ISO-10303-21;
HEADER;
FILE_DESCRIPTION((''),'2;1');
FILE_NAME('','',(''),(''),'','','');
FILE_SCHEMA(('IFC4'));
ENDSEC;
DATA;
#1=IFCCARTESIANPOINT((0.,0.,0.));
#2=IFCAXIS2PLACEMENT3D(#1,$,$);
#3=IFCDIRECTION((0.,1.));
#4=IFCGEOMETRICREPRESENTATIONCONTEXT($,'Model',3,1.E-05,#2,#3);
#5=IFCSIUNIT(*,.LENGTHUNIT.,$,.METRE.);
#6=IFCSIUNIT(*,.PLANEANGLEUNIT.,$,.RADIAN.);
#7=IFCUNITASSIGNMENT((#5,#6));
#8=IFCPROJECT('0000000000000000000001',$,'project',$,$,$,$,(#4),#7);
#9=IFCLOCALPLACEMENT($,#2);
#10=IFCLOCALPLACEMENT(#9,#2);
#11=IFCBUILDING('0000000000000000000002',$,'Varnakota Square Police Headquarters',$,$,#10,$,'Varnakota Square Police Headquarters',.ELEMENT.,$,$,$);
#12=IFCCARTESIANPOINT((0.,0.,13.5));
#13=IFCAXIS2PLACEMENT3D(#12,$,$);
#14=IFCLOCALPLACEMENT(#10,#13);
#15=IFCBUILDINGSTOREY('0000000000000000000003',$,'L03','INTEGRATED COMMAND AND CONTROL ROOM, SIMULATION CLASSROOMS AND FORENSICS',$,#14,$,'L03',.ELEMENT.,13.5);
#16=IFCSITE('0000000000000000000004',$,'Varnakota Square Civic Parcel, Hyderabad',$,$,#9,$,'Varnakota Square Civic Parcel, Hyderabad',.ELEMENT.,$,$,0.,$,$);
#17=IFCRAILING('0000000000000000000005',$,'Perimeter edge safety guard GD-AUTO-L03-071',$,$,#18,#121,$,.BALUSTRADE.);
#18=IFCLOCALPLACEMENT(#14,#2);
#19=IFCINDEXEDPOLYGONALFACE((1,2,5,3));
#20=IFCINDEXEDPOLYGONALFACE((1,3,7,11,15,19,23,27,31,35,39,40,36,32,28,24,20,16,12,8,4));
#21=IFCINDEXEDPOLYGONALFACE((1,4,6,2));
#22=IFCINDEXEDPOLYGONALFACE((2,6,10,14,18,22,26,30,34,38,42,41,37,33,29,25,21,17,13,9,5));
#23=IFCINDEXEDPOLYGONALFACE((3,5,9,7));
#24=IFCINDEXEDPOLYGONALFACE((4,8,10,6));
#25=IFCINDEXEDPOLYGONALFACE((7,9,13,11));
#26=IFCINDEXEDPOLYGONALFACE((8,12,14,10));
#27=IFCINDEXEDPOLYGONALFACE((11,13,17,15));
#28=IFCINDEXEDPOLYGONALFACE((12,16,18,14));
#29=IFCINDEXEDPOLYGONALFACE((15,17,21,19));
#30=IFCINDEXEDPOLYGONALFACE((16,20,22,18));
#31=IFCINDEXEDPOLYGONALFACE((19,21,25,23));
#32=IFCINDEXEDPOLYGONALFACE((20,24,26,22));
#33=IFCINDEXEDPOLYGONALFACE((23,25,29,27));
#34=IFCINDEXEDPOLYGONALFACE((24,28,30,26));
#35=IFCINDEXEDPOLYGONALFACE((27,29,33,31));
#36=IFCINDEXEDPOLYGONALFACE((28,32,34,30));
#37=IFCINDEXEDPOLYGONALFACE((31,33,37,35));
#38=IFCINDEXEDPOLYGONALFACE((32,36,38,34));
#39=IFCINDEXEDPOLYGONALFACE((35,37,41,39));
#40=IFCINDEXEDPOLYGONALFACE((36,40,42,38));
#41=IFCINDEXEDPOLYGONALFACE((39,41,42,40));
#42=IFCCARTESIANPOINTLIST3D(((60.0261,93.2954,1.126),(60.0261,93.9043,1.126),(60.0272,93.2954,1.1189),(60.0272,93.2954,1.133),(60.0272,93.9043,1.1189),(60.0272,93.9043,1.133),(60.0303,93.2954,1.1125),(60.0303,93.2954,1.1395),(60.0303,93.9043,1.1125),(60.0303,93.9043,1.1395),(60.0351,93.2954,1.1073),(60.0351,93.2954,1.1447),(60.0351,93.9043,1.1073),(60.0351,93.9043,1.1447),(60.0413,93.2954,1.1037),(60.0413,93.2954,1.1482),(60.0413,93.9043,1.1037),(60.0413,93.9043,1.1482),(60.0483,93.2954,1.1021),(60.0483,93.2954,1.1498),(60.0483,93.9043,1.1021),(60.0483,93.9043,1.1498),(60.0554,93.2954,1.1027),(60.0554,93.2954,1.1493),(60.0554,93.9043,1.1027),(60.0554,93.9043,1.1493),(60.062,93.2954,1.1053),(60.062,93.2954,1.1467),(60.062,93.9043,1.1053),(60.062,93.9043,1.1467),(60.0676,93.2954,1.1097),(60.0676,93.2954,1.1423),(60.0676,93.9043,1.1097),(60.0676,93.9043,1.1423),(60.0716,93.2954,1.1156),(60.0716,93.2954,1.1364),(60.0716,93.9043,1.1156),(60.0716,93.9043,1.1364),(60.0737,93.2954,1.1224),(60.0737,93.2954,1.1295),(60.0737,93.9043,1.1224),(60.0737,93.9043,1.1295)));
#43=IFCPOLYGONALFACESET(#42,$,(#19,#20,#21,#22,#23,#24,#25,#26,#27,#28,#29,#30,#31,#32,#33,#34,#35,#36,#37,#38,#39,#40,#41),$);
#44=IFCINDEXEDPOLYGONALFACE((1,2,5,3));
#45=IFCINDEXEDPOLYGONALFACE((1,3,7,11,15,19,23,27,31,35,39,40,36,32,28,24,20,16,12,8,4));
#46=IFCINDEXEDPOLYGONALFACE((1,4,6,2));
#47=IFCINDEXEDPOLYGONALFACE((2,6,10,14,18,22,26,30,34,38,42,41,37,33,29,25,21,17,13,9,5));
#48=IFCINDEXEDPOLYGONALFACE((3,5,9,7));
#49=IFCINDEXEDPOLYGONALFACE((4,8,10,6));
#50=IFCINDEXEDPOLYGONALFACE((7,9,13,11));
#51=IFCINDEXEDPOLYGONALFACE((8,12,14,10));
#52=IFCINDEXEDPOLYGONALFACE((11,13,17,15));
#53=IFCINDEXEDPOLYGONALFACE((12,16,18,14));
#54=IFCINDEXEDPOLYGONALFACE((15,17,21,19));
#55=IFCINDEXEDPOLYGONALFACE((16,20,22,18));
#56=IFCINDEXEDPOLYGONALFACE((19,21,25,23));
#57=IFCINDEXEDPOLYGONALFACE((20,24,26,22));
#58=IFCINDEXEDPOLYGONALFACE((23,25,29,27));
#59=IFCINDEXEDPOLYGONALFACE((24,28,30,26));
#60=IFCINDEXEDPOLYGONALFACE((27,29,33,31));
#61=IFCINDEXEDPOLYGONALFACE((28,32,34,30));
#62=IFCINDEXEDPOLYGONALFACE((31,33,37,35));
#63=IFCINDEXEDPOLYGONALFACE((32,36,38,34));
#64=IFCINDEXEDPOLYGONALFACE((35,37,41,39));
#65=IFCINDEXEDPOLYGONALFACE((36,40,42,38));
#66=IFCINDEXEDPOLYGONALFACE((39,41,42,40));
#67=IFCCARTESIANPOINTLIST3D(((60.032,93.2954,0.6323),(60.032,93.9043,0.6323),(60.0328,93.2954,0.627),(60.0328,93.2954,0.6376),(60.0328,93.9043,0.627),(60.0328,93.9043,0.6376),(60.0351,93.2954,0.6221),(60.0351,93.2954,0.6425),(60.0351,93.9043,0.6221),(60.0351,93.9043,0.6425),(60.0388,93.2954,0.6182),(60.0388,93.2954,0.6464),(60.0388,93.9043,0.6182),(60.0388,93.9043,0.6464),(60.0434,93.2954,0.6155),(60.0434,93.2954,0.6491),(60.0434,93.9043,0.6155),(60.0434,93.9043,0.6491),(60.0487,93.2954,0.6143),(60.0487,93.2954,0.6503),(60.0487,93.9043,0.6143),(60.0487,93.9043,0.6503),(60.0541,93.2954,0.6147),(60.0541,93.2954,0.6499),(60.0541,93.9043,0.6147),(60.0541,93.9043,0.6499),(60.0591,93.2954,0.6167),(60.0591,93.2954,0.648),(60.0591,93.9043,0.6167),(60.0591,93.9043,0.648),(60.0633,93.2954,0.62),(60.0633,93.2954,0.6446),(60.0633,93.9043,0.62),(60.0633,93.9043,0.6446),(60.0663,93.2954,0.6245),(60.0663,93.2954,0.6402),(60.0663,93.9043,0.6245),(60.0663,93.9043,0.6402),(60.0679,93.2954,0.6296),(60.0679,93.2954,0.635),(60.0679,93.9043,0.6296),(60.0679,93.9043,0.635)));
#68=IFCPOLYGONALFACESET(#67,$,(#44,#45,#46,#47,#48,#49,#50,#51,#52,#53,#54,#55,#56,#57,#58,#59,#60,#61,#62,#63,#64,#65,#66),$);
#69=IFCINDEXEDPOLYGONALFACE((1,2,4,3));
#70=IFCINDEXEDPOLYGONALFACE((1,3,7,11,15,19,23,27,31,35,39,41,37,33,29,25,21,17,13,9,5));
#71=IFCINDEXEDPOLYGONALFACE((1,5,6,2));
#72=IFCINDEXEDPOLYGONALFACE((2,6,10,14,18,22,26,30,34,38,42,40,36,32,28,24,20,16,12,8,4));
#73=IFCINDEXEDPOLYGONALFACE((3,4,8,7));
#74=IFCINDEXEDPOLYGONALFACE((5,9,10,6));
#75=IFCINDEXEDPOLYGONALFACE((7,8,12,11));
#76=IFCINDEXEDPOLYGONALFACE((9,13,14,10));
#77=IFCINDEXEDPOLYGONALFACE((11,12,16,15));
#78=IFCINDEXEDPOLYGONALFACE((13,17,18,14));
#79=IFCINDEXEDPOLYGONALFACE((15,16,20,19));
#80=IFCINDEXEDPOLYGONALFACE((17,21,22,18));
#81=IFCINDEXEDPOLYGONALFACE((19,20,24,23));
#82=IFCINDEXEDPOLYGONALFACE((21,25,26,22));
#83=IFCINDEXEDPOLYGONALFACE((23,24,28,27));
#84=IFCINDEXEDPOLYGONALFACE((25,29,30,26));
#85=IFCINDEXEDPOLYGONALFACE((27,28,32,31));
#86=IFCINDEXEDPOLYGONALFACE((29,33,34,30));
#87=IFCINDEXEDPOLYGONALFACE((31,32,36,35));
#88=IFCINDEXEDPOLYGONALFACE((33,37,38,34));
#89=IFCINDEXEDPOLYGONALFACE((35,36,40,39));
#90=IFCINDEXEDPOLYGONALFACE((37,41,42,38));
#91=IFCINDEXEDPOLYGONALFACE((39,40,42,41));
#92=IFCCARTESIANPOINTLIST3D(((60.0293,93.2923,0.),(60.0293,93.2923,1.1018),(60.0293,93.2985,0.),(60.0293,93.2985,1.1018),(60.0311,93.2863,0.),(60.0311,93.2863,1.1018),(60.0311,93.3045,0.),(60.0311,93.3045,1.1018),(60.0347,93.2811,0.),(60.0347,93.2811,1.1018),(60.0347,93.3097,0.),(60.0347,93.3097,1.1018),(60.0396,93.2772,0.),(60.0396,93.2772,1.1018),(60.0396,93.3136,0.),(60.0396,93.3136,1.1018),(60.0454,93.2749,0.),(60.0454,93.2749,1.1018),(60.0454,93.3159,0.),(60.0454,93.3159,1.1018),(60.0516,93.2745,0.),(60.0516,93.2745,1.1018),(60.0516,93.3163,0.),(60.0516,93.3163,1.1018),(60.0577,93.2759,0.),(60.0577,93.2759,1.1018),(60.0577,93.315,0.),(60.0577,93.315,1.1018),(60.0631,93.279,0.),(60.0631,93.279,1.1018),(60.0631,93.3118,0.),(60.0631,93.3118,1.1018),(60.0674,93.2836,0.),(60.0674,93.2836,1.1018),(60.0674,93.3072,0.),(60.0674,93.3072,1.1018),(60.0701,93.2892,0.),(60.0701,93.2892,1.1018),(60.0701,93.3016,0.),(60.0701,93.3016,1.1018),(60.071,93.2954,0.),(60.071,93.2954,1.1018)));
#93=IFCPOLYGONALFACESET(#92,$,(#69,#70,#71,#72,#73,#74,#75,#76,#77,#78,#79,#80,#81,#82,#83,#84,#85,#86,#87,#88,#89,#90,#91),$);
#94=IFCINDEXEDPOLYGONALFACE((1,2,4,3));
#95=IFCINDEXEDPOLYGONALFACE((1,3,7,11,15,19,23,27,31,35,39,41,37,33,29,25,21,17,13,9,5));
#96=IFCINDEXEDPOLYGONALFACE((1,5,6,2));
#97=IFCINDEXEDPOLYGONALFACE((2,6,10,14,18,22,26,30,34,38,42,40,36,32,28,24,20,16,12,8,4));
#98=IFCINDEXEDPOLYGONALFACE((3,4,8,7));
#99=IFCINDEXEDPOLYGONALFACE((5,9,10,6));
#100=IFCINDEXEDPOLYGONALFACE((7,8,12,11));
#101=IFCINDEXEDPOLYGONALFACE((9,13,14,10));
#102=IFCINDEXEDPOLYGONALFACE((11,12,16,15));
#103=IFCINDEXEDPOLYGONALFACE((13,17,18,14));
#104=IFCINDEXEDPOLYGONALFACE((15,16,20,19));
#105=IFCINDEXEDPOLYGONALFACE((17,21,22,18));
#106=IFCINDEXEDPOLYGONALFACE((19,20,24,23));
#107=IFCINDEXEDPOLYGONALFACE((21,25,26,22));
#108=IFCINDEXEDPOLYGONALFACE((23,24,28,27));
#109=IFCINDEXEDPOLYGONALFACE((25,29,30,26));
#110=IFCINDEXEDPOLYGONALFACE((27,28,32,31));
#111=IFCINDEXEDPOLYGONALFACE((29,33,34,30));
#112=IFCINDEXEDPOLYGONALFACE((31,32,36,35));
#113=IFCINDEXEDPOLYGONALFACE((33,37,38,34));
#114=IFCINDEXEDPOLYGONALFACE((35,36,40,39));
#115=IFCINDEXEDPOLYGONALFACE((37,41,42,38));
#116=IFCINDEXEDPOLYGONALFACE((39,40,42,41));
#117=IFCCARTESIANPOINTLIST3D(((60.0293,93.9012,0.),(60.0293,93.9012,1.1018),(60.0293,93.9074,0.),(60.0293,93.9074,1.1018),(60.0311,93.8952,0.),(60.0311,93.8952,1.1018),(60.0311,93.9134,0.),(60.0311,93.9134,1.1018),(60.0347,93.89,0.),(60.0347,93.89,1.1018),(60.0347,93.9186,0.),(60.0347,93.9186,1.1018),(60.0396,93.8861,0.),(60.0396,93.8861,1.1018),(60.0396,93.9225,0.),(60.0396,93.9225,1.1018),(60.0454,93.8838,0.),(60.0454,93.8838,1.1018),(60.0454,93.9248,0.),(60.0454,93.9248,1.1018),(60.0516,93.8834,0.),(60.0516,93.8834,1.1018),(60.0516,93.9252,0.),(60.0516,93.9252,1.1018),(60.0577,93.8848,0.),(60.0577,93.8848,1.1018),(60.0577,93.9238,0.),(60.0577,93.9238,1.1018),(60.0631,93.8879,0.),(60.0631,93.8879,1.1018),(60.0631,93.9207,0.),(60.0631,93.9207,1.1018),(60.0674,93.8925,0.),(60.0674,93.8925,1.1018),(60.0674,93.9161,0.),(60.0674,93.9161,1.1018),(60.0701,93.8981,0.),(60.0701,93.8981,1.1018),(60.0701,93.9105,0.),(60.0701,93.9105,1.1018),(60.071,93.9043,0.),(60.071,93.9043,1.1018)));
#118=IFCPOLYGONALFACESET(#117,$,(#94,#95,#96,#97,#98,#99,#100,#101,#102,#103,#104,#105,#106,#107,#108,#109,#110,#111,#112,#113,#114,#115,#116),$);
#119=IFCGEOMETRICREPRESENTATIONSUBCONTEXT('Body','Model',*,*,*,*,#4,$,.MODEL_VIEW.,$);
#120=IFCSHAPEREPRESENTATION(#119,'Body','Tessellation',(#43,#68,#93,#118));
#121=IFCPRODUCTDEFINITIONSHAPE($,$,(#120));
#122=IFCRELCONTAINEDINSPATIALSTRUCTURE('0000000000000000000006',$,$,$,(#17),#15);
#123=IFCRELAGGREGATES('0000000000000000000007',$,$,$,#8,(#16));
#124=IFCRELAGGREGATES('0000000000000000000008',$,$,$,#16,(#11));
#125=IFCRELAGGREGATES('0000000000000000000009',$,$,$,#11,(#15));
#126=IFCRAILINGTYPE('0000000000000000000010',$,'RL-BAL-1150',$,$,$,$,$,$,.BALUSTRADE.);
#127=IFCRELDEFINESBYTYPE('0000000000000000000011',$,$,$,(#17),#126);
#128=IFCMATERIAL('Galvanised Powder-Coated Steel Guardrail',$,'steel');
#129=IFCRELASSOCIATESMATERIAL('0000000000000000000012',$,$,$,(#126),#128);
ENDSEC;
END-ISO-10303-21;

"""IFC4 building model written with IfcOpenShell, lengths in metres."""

from ifc_helpers import new_model, si_unit, direction, frame, origin, origin_2d, place, context, subcontext, project, spatial, circle, extrude, material, type_object, element, save


model = new_model("IFC4")

# Units and contexts
model_context = context("Model", 3, precision=1e-05, world=origin(), true_north=direction((0.0, 1.0)))
body_context = subcontext(model_context, "Body", "Model", "MODEL_VIEW")
ifc_project = project(units=[si_unit("LENGTHUNIT", "METRE"), si_unit("PLANEANGLEUNIT", "RADIAN")], contexts=[model_context])

# Site, building, storey
site_placement = place(None, origin())
site = spatial("IfcSite", under=ifc_project, at=site_placement, Name="Varnakota Square Civic Parcel, Hyderabad", LongName="Varnakota Square Civic Parcel, Hyderabad", CompositionType="ELEMENT", RefElevation=0.0)
building_placement = place(site_placement, origin())
building = spatial("IfcBuilding", under=site, at=building_placement, Name="Varnakota Square Police Headquarters", LongName="Varnakota Square Police Headquarters", CompositionType="ELEMENT")
storey_placement = place(building_placement, frame((0.0, 0.0, 13.5)))
storey = spatial("IfcBuildingStorey", under=building, at=storey_placement, Name="L03", Description="INTEGRATED COMMAND AND CONTROL ROOM, SIMULATION CLASSROOMS AND FORENSICS", LongName="L03", CompositionType="ELEMENT", Elevation=13.5)

# Railing
ifc_material_1 = material(Name="Galvanised Powder-Coated Steel Guardrail", Category="steel")
railing_type = type_object("IfcRailingType", Name="RL-BAL-1150", PredefinedType="BALUSTRADE", material=ifc_material_1)
railing_1_placement = place(storey_placement, frame((60.05, 93.2954, 0.0)))
element("IfcRailing", 1, at=railing_1_placement, inside=storey, type_object=railing_type, Name="Perimeter edge safety guard GD-AUTO-L03-071", PredefinedType="BALUSTRADE", context=body_context, shape_type="SweptSolid", body=[
    extrude(circle(Radius=0.0239, at=origin_2d()), frame((0.0, 0.0, 1.126), z_axis=(0.0, 1.0, 0.0), x_axis=(-1.0, 0.0, 0.0)), (0.0, 0.0, 1.0), 0.6089),
    extrude(circle(Radius=0.0181, at=origin_2d()), frame((0.0, 0.0, 0.6323), z_axis=(0.0, 1.0, 0.0), x_axis=(-1.0, 0.0, 0.0)), (0.0, 0.0, 1.0), 0.6089),
    extrude(circle(Radius=0.021, at=origin_2d()), origin(), (0.0, 0.0, 1.0), 1.1018),
    extrude(circle(Radius=0.021, at=origin_2d()), frame((0.0, 0.6089, 0.0)), (0.0, 0.0, 1.0), 1.1018),
])

save(model, "model.ifc")
